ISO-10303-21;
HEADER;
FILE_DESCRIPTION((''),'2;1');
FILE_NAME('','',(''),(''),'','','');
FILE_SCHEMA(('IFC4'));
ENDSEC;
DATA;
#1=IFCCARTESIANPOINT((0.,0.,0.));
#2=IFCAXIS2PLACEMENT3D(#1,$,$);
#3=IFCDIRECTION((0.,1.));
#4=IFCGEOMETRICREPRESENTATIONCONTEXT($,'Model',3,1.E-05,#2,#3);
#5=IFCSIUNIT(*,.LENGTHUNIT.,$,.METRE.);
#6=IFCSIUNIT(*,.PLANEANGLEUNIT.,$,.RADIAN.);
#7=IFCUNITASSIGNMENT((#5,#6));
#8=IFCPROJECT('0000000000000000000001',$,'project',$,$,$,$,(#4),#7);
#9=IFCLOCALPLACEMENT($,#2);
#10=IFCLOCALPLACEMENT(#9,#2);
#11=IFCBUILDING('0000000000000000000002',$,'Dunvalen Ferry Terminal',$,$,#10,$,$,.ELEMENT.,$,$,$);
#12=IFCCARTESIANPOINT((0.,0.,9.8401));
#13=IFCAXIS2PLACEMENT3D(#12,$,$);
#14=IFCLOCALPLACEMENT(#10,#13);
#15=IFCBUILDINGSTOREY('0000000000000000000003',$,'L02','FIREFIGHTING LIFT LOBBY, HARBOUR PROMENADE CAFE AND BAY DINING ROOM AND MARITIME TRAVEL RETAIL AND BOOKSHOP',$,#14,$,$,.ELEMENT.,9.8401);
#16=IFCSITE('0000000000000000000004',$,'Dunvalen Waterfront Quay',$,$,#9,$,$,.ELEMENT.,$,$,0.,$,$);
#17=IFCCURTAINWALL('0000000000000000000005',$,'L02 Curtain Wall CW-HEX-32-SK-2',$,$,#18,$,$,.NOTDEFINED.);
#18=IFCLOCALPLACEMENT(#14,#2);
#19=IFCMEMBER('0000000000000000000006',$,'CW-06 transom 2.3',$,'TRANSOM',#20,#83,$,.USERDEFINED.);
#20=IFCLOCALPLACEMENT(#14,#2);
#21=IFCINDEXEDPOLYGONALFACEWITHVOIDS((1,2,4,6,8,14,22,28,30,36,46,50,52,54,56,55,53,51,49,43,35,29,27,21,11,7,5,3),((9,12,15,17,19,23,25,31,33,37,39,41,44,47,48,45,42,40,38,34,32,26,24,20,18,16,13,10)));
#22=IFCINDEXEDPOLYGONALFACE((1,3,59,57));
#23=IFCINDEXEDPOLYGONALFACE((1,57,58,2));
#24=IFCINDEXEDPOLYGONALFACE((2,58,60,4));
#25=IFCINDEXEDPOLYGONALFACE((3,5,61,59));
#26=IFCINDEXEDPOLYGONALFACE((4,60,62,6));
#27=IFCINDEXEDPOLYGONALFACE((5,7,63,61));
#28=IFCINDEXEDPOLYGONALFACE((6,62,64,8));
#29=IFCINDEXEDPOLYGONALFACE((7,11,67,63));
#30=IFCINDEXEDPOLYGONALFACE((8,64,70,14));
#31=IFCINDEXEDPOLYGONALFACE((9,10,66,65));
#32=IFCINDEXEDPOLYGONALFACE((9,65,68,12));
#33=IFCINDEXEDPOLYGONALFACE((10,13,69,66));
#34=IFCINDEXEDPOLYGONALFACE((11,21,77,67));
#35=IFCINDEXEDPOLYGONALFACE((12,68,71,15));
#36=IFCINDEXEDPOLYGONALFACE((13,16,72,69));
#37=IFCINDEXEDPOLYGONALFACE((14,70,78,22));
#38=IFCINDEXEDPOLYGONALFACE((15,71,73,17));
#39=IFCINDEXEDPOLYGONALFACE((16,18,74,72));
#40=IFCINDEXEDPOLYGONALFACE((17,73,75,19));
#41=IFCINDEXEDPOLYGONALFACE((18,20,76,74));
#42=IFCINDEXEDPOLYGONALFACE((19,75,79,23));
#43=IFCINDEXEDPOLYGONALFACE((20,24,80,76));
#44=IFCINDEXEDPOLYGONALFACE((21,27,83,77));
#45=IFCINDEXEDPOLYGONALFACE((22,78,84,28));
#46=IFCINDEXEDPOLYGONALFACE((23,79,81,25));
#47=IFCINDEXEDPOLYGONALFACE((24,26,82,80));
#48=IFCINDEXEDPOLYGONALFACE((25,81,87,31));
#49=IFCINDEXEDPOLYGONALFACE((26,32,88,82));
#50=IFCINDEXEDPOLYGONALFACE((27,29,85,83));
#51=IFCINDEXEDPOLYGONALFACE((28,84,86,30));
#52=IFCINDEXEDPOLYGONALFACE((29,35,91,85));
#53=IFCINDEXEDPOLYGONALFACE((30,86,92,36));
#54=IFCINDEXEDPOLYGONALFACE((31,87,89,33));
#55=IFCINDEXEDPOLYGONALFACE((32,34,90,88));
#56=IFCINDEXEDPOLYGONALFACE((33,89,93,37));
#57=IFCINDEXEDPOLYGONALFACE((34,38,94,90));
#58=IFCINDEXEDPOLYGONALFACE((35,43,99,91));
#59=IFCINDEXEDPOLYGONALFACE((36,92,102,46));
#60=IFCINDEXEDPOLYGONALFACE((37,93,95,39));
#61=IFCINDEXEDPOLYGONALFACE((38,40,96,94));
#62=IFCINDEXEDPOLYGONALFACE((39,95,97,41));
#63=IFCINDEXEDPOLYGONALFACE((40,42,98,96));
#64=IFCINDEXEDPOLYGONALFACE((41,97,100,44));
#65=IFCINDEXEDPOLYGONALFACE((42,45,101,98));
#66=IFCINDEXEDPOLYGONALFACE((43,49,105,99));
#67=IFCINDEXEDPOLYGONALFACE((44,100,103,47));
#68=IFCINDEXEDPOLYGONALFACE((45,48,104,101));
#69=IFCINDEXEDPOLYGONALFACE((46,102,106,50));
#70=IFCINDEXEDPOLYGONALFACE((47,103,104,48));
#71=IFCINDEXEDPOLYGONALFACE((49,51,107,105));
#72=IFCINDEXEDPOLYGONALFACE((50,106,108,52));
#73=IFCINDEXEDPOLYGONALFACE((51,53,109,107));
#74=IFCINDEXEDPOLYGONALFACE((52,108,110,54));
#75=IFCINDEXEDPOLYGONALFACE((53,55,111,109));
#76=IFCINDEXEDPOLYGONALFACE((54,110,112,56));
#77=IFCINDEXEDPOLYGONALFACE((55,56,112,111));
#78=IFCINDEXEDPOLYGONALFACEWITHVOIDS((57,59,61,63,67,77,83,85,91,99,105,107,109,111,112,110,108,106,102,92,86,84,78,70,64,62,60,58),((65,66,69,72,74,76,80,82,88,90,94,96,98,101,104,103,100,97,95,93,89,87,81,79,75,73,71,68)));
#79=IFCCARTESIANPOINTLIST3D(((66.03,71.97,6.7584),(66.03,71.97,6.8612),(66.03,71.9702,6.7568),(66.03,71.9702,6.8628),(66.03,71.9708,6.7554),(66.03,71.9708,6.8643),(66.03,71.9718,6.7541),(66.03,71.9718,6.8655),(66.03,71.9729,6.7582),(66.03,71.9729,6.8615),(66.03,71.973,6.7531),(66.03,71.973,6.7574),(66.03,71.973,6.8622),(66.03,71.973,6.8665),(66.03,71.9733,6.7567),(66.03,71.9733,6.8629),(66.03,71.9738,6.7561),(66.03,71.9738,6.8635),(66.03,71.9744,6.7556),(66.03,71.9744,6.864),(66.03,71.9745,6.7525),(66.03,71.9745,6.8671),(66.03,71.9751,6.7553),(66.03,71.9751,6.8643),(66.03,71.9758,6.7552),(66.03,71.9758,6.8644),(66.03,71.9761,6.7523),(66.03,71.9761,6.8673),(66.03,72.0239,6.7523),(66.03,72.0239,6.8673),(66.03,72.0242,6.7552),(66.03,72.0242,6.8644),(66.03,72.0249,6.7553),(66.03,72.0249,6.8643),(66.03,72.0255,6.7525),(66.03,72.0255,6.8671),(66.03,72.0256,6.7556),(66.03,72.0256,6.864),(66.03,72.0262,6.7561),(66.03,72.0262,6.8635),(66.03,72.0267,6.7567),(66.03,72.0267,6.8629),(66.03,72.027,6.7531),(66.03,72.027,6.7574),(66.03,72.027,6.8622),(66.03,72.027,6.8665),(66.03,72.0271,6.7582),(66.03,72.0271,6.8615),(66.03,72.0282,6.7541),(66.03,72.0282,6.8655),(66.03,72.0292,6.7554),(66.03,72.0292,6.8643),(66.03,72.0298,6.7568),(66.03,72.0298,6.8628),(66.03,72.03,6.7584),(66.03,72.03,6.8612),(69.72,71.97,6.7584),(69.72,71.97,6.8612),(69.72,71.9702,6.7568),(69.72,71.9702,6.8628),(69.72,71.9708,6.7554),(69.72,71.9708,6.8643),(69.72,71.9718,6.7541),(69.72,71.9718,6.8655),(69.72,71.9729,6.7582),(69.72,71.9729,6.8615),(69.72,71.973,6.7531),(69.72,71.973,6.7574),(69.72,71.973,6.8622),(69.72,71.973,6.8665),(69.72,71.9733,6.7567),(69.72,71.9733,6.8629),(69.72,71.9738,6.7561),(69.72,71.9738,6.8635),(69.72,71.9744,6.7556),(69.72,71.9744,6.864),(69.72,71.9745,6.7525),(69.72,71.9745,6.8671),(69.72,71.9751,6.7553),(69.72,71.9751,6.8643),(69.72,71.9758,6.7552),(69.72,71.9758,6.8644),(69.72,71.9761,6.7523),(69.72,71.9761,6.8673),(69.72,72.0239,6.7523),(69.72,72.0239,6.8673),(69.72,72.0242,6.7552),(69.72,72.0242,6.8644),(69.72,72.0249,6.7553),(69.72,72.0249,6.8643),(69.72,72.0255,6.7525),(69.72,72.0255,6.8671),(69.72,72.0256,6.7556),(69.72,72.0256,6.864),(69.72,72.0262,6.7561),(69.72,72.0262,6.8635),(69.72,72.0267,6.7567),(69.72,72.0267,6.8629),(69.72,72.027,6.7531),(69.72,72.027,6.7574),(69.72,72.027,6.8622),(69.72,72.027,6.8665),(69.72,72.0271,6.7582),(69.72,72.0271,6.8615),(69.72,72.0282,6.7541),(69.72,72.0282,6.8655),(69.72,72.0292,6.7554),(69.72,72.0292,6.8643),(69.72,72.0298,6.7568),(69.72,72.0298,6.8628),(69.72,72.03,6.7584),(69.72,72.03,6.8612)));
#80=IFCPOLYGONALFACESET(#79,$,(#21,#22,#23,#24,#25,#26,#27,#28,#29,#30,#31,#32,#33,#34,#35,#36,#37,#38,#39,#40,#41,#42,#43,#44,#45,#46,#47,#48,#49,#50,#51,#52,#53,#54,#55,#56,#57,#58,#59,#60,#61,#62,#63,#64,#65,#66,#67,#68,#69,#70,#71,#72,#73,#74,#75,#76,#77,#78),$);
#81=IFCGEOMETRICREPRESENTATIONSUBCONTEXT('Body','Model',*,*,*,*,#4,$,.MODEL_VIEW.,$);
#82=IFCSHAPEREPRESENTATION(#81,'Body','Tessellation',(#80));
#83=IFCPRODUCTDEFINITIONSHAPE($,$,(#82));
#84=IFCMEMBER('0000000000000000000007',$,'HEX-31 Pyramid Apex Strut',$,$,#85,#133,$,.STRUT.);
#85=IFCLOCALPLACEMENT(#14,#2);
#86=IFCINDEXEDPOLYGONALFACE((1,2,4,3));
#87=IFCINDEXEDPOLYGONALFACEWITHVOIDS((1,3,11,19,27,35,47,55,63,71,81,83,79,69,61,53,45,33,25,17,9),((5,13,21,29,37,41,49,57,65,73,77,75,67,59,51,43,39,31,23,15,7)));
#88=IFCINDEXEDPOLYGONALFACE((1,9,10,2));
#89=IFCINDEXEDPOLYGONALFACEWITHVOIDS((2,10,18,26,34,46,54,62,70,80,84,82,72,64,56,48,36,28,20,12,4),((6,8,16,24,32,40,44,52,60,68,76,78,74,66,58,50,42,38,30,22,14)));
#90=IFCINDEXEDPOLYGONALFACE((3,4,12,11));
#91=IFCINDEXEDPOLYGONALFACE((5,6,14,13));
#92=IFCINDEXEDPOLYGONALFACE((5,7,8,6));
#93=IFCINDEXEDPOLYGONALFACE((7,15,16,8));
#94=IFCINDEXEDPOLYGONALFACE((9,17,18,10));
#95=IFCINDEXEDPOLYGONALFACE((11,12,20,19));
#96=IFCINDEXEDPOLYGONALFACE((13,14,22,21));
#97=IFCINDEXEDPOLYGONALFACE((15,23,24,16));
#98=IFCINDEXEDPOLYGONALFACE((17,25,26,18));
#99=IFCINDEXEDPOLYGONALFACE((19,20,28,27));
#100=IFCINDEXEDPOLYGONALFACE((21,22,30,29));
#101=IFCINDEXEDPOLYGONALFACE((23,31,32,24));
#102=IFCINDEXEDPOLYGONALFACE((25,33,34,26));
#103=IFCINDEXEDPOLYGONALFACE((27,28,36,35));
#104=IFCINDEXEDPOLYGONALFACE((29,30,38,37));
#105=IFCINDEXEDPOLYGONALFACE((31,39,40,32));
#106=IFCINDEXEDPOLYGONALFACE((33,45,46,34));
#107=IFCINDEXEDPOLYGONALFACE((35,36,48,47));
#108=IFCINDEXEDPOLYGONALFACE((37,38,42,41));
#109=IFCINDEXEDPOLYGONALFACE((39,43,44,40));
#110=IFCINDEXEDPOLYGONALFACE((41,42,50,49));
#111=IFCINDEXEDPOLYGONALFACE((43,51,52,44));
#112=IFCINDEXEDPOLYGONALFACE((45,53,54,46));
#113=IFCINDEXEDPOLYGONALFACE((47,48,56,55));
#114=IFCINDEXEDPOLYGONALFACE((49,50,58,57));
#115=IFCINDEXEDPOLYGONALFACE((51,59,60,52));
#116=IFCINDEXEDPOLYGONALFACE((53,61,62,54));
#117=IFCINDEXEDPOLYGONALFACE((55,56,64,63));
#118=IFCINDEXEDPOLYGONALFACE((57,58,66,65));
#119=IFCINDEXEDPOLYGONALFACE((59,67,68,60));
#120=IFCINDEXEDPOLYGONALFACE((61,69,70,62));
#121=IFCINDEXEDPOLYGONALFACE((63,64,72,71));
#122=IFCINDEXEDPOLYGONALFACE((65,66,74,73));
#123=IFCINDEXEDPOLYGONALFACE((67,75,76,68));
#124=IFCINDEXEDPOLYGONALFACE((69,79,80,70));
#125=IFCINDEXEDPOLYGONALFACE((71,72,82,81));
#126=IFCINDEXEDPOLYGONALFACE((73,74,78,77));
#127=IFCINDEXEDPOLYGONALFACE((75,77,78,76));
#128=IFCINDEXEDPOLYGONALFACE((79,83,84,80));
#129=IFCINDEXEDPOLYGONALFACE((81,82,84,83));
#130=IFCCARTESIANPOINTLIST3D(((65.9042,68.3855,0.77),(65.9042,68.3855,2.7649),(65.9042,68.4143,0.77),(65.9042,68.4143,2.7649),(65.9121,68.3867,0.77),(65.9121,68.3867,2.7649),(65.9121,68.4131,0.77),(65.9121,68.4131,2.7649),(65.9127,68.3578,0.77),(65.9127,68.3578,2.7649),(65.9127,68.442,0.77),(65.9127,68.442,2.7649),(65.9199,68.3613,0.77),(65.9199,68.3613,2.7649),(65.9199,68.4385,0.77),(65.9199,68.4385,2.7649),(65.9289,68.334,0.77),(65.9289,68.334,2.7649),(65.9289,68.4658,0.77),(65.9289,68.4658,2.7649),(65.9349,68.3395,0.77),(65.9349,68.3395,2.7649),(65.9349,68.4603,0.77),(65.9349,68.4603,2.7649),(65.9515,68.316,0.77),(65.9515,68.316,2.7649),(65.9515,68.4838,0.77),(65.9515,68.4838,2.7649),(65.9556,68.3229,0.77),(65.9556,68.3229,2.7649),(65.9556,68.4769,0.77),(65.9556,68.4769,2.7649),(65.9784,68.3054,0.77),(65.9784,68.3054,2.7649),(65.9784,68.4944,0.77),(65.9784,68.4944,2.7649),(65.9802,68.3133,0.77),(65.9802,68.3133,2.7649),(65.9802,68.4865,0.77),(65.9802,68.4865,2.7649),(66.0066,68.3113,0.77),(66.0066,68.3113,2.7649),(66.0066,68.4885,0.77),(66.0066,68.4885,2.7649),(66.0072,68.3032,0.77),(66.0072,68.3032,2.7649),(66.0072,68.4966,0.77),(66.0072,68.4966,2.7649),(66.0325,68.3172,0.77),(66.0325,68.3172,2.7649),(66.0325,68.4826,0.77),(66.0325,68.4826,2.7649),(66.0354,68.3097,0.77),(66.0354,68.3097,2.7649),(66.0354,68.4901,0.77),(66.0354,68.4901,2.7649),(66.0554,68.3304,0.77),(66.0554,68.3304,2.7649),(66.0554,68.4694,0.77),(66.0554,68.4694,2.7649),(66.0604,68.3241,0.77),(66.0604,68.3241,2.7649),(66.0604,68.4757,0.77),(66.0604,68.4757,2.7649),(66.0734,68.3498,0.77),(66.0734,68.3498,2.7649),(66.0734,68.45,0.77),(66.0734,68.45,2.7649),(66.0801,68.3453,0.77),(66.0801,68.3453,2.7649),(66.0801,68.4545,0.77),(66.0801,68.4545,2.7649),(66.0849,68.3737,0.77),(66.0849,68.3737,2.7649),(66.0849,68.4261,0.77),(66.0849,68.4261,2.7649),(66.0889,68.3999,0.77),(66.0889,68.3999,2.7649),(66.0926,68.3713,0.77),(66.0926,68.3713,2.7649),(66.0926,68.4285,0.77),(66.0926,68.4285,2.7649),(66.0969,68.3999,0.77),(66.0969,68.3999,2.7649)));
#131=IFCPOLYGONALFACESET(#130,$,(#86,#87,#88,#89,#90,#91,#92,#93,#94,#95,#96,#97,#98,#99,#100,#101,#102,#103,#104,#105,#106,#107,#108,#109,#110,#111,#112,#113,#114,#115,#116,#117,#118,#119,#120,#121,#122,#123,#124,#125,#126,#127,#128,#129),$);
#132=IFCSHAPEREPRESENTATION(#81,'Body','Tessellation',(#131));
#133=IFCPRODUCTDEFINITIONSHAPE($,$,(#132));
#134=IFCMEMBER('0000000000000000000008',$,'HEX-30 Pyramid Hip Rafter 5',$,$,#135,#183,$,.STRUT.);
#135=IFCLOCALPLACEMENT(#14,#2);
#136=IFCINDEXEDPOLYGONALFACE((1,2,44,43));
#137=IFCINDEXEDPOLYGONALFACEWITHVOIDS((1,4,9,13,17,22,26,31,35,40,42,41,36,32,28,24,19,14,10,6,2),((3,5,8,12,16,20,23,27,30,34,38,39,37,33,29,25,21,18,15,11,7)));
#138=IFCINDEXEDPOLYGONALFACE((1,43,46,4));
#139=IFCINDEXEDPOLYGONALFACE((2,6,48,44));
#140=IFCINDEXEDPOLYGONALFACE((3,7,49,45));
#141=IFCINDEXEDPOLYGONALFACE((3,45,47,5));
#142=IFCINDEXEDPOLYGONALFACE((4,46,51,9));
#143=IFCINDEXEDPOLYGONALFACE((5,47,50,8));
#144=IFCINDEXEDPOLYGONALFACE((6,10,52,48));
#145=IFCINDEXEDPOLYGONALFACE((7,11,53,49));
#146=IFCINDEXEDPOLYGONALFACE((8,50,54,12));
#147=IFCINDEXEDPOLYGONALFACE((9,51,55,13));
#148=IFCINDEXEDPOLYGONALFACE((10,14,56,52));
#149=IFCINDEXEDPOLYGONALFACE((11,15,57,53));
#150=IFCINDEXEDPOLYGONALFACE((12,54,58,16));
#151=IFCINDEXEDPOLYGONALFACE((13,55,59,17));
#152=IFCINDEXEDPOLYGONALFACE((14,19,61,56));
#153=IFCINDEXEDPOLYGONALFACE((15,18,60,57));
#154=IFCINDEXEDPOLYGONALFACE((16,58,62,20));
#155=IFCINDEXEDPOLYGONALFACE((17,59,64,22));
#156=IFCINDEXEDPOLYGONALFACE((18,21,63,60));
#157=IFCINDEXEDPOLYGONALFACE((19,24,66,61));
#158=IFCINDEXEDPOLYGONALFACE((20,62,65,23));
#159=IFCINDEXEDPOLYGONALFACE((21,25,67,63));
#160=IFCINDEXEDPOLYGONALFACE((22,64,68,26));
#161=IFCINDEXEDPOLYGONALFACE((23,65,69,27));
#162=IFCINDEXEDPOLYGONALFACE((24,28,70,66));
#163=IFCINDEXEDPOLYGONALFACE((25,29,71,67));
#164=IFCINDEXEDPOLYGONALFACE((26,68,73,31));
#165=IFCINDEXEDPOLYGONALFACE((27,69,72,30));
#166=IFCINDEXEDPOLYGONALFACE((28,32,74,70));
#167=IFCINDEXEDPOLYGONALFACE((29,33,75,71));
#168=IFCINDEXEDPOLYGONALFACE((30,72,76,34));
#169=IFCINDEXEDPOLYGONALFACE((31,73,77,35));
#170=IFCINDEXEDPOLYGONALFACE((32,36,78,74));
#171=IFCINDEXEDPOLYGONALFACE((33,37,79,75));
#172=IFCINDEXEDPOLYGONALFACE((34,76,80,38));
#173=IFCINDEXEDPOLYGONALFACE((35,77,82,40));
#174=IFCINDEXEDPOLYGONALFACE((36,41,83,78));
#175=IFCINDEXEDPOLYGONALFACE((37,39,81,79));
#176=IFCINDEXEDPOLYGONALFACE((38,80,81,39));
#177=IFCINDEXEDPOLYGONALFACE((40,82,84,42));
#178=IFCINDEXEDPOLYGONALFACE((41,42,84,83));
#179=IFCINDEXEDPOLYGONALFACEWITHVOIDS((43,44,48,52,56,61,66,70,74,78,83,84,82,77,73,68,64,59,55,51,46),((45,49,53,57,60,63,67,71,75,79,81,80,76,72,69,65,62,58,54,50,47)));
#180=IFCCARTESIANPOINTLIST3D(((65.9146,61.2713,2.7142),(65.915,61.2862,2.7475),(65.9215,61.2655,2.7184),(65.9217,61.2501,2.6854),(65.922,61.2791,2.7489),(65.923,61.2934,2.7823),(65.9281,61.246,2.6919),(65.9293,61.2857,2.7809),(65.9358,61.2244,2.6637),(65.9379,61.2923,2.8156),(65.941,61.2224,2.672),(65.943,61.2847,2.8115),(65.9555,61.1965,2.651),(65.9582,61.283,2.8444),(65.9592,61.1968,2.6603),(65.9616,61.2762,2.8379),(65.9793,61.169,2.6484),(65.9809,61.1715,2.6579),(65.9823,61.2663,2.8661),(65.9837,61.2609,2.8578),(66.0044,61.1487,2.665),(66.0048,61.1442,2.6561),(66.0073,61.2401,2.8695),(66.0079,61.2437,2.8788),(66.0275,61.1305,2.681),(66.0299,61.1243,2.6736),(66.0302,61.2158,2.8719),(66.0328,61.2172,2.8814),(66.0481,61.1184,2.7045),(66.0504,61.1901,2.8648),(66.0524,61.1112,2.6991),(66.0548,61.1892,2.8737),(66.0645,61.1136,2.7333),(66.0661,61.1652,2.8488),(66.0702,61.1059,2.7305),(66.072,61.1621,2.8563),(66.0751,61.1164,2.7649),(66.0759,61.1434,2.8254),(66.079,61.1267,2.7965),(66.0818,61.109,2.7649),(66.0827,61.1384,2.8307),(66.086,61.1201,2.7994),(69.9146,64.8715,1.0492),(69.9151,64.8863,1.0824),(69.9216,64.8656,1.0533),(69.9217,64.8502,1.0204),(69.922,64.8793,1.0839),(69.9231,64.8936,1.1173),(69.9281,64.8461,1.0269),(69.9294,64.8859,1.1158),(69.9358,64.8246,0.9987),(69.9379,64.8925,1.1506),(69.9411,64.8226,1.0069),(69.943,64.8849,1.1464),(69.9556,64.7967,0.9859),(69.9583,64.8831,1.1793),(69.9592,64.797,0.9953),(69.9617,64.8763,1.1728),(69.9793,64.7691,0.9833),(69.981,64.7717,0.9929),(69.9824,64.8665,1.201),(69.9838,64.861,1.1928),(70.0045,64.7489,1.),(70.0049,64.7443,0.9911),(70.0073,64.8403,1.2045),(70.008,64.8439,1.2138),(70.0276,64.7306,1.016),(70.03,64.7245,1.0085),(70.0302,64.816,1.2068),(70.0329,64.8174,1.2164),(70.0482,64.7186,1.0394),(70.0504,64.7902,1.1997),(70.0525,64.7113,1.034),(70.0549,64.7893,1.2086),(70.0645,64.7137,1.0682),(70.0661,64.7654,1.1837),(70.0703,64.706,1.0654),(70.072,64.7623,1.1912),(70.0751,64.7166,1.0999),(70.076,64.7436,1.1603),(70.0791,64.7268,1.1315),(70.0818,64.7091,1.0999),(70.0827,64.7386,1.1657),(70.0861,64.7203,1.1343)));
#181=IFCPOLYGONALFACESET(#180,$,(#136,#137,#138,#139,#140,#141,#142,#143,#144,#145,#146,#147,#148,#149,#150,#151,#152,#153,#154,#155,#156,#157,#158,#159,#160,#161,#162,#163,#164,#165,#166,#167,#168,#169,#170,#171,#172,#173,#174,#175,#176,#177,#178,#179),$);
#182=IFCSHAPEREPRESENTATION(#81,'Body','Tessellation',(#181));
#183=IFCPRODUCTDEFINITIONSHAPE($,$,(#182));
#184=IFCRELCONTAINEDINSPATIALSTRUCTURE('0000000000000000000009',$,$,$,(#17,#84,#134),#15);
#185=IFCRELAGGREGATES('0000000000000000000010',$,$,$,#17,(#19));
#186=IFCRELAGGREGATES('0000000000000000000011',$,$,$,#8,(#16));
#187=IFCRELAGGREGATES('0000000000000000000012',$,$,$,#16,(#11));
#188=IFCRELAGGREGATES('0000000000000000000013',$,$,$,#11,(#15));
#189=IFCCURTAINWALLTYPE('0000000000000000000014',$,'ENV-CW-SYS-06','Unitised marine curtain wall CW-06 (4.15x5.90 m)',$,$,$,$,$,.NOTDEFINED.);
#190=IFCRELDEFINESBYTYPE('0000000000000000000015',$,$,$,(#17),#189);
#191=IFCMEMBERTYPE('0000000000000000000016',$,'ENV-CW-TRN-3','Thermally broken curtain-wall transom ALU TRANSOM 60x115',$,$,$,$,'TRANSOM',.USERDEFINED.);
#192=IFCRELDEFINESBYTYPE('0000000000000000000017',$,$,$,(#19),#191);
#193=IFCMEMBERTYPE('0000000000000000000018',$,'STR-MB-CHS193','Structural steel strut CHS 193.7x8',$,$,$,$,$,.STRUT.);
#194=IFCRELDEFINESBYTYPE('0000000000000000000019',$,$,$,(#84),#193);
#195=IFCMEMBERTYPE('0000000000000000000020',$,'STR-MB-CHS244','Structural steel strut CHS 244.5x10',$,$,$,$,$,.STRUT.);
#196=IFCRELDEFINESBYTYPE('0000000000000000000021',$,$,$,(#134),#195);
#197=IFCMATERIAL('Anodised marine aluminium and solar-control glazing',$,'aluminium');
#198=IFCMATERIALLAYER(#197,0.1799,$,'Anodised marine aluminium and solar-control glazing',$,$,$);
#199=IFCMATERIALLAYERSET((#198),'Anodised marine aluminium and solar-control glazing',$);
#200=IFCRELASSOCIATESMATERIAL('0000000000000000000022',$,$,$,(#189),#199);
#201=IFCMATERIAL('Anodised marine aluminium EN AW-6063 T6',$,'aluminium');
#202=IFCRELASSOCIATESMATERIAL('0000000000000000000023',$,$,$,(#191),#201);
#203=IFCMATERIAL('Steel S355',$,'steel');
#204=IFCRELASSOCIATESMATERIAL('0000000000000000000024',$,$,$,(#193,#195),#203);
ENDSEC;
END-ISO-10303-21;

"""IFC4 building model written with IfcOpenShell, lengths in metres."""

from ifc_helpers import new_model, si_unit, direction, frame, origin, origin_2d, place, context, subcontext, project, spatial, hollow_rectangle, hollow_circle, extrude, material, layer, layer_set, material_profile, profile_set, type_object, element, aggregate, save


model = new_model("IFC4")

# Units and contexts
model_context = context("Model", 3, precision=1e-05, world=origin(), true_north=direction((0.0, 1.0)))
body_context = subcontext(model_context, "Body", "Model", "MODEL_VIEW")
ifc_project = project(units=[si_unit("LENGTHUNIT", "METRE"), si_unit("PLANEANGLEUNIT", "RADIAN")], contexts=[model_context])

# Site, building, storey
site_placement = place(None, origin())
site = spatial("IfcSite", under=ifc_project, at=site_placement, Name="Dunvalen Waterfront Quay", CompositionType="ELEMENT", RefElevation=0.0)
building_placement = place(site_placement, origin())
building = spatial("IfcBuilding", under=site, at=building_placement, Name="Dunvalen Ferry Terminal", CompositionType="ELEMENT")
storey_placement = place(building_placement, frame((0.0, 0.0, 9.8401)))
storey = spatial("IfcBuildingStorey", under=building, at=storey_placement, Name="L02", Description="FIREFIGHTING LIFT LOBBY, HARBOUR PROMENADE CAFE AND BAY DINING ROOM AND MARITIME TRAVEL RETAIL AND BOOKSHOP", CompositionType="ELEMENT", Elevation=9.8401)

# Curtain wall, member
ifc_material_1 = material(Name="Anodised marine aluminium and solar-control glazing", Category="aluminium")
ifc_layer_1 = layer(ifc_material_1, 0.1799, Name="Anodised marine aluminium and solar-control glazing")
ifc_layer_set_1 = layer_set([ifc_layer_1], Name="Anodised marine aluminium and solar-control glazing")
curtain_wall_type = type_object("IfcCurtainWallType", Name="ENV-CW-SYS-06", Description="Unitised marine curtain wall CW-06 (4.15x5.90 m)", PredefinedType="NOTDEFINED", material=ifc_layer_set_1)
curtain_wall_placement = place(storey_placement, origin())
curtain_wall = element("IfcCurtainWall", 1, at=curtain_wall_placement, inside=storey, type_object=curtain_wall_type, Name="L02 Curtain Wall CW-HEX-32-SK-2", PredefinedType="NOTDEFINED")
ifc_material_2 = material(Name="Anodised marine aluminium EN AW-6063 T6", Category="aluminium")
ifc_material_profile_1 = material_profile(ifc_material_2, hollow_rectangle(XDim=0.0601, YDim=0.115, WallThickness=0.0029, InnerFilletRadius=0.0029, OuterFilletRadius=0.0061, at=origin_2d()), Name="Anodised marine aluminium EN AW-6063 T6")
ifc_profile_set_1 = profile_set([ifc_material_profile_1], Name="Anodised marine aluminium EN AW-6063 T6")
member_type_1 = type_object("IfcMemberType", Name="ENV-CW-TRN-3", Description="Thermally broken curtain-wall transom ALU TRANSOM 60x115", ElementType="TRANSOM", PredefinedType="USERDEFINED", material=ifc_profile_set_1)
member_1_placement = place(storey_placement, frame((66.03, 72.0, 6.8098), z_axis=(1.0, 0.0, 0.0), x_axis=(0.0, 1.0, 0.0)))
member_1 = element("IfcMember", 2, at=member_1_placement, type_object=member_type_1, Name="CW-06 transom 2.3", ObjectType="TRANSOM", PredefinedType="USERDEFINED", context=body_context, shape_type="SweptSolid", body=[
    extrude(hollow_rectangle(XDim=0.0601, YDim=0.115, WallThickness=0.0029, InnerFilletRadius=0.0029, OuterFilletRadius=0.0061, at=origin_2d()), origin(), (0.0, 0.0, 1.0), 3.6899),
])

# Members
ifc_material_3 = material(Name="Steel S355", Category="steel")
ifc_material_profile_2 = material_profile(ifc_material_3, hollow_circle(Radius=0.0969, WallThickness=0.0081, at=origin_2d()), Name="Steel S355")
ifc_profile_set_2 = profile_set([ifc_material_profile_2], Name="Steel S355")
member_type_2 = type_object("IfcMemberType", Name="STR-MB-CHS193", Description="Structural steel strut CHS 193.7x8", PredefinedType="STRUT", material=ifc_profile_set_2)
member_2_placement = place(storey_placement, frame((66.0, 68.3999, 0.77), z_axis=(0.0, 0.0, 1.0), x_axis=(1.0, 0.0, 0.0)))
element("IfcMember", 3, at=member_2_placement, inside=storey, type_object=member_type_2, Name="HEX-31 Pyramid Apex Strut", PredefinedType="STRUT", context=body_context, shape_type="SweptSolid", body=[
    extrude(hollow_circle(Radius=0.0969, WallThickness=0.0081, at=origin_2d()), origin(), (0.0, 0.0, 1.0), 1.9949),
])
ifc_material_profile_3 = material_profile(ifc_material_3, hollow_circle(Radius=0.1223, WallThickness=0.01, at=origin_2d()), Name="Steel S355")
ifc_profile_set_3 = profile_set([ifc_material_profile_3], Name="Steel S355")
member_type_3 = type_object("IfcMemberType", Name="STR-MB-CHS244", Description="Structural steel strut CHS 244.5x10", PredefinedType="STRUT", material=ifc_profile_set_3)
member_3_placement = place(storey_placement, frame((70.0, 64.8, 1.0999), z_axis=(-0.710075, -0.639085, 0.295576), x_axis=(0.668975, -0.743285, 0.0)))
element("IfcMember", 4, at=member_3_placement, inside=storey, type_object=member_type_3, Name="HEX-30 Pyramid Hip Rafter 5", PredefinedType="STRUT", context=body_context, shape_type="SweptSolid", body=[
    extrude(hollow_circle(Radius=0.1223, WallThickness=0.01, at=origin_2d()), origin(), (0.0, 0.0, 1.0), 5.6333),
])

aggregate(curtain_wall, [member_1])

save(model, "model.ifc")
